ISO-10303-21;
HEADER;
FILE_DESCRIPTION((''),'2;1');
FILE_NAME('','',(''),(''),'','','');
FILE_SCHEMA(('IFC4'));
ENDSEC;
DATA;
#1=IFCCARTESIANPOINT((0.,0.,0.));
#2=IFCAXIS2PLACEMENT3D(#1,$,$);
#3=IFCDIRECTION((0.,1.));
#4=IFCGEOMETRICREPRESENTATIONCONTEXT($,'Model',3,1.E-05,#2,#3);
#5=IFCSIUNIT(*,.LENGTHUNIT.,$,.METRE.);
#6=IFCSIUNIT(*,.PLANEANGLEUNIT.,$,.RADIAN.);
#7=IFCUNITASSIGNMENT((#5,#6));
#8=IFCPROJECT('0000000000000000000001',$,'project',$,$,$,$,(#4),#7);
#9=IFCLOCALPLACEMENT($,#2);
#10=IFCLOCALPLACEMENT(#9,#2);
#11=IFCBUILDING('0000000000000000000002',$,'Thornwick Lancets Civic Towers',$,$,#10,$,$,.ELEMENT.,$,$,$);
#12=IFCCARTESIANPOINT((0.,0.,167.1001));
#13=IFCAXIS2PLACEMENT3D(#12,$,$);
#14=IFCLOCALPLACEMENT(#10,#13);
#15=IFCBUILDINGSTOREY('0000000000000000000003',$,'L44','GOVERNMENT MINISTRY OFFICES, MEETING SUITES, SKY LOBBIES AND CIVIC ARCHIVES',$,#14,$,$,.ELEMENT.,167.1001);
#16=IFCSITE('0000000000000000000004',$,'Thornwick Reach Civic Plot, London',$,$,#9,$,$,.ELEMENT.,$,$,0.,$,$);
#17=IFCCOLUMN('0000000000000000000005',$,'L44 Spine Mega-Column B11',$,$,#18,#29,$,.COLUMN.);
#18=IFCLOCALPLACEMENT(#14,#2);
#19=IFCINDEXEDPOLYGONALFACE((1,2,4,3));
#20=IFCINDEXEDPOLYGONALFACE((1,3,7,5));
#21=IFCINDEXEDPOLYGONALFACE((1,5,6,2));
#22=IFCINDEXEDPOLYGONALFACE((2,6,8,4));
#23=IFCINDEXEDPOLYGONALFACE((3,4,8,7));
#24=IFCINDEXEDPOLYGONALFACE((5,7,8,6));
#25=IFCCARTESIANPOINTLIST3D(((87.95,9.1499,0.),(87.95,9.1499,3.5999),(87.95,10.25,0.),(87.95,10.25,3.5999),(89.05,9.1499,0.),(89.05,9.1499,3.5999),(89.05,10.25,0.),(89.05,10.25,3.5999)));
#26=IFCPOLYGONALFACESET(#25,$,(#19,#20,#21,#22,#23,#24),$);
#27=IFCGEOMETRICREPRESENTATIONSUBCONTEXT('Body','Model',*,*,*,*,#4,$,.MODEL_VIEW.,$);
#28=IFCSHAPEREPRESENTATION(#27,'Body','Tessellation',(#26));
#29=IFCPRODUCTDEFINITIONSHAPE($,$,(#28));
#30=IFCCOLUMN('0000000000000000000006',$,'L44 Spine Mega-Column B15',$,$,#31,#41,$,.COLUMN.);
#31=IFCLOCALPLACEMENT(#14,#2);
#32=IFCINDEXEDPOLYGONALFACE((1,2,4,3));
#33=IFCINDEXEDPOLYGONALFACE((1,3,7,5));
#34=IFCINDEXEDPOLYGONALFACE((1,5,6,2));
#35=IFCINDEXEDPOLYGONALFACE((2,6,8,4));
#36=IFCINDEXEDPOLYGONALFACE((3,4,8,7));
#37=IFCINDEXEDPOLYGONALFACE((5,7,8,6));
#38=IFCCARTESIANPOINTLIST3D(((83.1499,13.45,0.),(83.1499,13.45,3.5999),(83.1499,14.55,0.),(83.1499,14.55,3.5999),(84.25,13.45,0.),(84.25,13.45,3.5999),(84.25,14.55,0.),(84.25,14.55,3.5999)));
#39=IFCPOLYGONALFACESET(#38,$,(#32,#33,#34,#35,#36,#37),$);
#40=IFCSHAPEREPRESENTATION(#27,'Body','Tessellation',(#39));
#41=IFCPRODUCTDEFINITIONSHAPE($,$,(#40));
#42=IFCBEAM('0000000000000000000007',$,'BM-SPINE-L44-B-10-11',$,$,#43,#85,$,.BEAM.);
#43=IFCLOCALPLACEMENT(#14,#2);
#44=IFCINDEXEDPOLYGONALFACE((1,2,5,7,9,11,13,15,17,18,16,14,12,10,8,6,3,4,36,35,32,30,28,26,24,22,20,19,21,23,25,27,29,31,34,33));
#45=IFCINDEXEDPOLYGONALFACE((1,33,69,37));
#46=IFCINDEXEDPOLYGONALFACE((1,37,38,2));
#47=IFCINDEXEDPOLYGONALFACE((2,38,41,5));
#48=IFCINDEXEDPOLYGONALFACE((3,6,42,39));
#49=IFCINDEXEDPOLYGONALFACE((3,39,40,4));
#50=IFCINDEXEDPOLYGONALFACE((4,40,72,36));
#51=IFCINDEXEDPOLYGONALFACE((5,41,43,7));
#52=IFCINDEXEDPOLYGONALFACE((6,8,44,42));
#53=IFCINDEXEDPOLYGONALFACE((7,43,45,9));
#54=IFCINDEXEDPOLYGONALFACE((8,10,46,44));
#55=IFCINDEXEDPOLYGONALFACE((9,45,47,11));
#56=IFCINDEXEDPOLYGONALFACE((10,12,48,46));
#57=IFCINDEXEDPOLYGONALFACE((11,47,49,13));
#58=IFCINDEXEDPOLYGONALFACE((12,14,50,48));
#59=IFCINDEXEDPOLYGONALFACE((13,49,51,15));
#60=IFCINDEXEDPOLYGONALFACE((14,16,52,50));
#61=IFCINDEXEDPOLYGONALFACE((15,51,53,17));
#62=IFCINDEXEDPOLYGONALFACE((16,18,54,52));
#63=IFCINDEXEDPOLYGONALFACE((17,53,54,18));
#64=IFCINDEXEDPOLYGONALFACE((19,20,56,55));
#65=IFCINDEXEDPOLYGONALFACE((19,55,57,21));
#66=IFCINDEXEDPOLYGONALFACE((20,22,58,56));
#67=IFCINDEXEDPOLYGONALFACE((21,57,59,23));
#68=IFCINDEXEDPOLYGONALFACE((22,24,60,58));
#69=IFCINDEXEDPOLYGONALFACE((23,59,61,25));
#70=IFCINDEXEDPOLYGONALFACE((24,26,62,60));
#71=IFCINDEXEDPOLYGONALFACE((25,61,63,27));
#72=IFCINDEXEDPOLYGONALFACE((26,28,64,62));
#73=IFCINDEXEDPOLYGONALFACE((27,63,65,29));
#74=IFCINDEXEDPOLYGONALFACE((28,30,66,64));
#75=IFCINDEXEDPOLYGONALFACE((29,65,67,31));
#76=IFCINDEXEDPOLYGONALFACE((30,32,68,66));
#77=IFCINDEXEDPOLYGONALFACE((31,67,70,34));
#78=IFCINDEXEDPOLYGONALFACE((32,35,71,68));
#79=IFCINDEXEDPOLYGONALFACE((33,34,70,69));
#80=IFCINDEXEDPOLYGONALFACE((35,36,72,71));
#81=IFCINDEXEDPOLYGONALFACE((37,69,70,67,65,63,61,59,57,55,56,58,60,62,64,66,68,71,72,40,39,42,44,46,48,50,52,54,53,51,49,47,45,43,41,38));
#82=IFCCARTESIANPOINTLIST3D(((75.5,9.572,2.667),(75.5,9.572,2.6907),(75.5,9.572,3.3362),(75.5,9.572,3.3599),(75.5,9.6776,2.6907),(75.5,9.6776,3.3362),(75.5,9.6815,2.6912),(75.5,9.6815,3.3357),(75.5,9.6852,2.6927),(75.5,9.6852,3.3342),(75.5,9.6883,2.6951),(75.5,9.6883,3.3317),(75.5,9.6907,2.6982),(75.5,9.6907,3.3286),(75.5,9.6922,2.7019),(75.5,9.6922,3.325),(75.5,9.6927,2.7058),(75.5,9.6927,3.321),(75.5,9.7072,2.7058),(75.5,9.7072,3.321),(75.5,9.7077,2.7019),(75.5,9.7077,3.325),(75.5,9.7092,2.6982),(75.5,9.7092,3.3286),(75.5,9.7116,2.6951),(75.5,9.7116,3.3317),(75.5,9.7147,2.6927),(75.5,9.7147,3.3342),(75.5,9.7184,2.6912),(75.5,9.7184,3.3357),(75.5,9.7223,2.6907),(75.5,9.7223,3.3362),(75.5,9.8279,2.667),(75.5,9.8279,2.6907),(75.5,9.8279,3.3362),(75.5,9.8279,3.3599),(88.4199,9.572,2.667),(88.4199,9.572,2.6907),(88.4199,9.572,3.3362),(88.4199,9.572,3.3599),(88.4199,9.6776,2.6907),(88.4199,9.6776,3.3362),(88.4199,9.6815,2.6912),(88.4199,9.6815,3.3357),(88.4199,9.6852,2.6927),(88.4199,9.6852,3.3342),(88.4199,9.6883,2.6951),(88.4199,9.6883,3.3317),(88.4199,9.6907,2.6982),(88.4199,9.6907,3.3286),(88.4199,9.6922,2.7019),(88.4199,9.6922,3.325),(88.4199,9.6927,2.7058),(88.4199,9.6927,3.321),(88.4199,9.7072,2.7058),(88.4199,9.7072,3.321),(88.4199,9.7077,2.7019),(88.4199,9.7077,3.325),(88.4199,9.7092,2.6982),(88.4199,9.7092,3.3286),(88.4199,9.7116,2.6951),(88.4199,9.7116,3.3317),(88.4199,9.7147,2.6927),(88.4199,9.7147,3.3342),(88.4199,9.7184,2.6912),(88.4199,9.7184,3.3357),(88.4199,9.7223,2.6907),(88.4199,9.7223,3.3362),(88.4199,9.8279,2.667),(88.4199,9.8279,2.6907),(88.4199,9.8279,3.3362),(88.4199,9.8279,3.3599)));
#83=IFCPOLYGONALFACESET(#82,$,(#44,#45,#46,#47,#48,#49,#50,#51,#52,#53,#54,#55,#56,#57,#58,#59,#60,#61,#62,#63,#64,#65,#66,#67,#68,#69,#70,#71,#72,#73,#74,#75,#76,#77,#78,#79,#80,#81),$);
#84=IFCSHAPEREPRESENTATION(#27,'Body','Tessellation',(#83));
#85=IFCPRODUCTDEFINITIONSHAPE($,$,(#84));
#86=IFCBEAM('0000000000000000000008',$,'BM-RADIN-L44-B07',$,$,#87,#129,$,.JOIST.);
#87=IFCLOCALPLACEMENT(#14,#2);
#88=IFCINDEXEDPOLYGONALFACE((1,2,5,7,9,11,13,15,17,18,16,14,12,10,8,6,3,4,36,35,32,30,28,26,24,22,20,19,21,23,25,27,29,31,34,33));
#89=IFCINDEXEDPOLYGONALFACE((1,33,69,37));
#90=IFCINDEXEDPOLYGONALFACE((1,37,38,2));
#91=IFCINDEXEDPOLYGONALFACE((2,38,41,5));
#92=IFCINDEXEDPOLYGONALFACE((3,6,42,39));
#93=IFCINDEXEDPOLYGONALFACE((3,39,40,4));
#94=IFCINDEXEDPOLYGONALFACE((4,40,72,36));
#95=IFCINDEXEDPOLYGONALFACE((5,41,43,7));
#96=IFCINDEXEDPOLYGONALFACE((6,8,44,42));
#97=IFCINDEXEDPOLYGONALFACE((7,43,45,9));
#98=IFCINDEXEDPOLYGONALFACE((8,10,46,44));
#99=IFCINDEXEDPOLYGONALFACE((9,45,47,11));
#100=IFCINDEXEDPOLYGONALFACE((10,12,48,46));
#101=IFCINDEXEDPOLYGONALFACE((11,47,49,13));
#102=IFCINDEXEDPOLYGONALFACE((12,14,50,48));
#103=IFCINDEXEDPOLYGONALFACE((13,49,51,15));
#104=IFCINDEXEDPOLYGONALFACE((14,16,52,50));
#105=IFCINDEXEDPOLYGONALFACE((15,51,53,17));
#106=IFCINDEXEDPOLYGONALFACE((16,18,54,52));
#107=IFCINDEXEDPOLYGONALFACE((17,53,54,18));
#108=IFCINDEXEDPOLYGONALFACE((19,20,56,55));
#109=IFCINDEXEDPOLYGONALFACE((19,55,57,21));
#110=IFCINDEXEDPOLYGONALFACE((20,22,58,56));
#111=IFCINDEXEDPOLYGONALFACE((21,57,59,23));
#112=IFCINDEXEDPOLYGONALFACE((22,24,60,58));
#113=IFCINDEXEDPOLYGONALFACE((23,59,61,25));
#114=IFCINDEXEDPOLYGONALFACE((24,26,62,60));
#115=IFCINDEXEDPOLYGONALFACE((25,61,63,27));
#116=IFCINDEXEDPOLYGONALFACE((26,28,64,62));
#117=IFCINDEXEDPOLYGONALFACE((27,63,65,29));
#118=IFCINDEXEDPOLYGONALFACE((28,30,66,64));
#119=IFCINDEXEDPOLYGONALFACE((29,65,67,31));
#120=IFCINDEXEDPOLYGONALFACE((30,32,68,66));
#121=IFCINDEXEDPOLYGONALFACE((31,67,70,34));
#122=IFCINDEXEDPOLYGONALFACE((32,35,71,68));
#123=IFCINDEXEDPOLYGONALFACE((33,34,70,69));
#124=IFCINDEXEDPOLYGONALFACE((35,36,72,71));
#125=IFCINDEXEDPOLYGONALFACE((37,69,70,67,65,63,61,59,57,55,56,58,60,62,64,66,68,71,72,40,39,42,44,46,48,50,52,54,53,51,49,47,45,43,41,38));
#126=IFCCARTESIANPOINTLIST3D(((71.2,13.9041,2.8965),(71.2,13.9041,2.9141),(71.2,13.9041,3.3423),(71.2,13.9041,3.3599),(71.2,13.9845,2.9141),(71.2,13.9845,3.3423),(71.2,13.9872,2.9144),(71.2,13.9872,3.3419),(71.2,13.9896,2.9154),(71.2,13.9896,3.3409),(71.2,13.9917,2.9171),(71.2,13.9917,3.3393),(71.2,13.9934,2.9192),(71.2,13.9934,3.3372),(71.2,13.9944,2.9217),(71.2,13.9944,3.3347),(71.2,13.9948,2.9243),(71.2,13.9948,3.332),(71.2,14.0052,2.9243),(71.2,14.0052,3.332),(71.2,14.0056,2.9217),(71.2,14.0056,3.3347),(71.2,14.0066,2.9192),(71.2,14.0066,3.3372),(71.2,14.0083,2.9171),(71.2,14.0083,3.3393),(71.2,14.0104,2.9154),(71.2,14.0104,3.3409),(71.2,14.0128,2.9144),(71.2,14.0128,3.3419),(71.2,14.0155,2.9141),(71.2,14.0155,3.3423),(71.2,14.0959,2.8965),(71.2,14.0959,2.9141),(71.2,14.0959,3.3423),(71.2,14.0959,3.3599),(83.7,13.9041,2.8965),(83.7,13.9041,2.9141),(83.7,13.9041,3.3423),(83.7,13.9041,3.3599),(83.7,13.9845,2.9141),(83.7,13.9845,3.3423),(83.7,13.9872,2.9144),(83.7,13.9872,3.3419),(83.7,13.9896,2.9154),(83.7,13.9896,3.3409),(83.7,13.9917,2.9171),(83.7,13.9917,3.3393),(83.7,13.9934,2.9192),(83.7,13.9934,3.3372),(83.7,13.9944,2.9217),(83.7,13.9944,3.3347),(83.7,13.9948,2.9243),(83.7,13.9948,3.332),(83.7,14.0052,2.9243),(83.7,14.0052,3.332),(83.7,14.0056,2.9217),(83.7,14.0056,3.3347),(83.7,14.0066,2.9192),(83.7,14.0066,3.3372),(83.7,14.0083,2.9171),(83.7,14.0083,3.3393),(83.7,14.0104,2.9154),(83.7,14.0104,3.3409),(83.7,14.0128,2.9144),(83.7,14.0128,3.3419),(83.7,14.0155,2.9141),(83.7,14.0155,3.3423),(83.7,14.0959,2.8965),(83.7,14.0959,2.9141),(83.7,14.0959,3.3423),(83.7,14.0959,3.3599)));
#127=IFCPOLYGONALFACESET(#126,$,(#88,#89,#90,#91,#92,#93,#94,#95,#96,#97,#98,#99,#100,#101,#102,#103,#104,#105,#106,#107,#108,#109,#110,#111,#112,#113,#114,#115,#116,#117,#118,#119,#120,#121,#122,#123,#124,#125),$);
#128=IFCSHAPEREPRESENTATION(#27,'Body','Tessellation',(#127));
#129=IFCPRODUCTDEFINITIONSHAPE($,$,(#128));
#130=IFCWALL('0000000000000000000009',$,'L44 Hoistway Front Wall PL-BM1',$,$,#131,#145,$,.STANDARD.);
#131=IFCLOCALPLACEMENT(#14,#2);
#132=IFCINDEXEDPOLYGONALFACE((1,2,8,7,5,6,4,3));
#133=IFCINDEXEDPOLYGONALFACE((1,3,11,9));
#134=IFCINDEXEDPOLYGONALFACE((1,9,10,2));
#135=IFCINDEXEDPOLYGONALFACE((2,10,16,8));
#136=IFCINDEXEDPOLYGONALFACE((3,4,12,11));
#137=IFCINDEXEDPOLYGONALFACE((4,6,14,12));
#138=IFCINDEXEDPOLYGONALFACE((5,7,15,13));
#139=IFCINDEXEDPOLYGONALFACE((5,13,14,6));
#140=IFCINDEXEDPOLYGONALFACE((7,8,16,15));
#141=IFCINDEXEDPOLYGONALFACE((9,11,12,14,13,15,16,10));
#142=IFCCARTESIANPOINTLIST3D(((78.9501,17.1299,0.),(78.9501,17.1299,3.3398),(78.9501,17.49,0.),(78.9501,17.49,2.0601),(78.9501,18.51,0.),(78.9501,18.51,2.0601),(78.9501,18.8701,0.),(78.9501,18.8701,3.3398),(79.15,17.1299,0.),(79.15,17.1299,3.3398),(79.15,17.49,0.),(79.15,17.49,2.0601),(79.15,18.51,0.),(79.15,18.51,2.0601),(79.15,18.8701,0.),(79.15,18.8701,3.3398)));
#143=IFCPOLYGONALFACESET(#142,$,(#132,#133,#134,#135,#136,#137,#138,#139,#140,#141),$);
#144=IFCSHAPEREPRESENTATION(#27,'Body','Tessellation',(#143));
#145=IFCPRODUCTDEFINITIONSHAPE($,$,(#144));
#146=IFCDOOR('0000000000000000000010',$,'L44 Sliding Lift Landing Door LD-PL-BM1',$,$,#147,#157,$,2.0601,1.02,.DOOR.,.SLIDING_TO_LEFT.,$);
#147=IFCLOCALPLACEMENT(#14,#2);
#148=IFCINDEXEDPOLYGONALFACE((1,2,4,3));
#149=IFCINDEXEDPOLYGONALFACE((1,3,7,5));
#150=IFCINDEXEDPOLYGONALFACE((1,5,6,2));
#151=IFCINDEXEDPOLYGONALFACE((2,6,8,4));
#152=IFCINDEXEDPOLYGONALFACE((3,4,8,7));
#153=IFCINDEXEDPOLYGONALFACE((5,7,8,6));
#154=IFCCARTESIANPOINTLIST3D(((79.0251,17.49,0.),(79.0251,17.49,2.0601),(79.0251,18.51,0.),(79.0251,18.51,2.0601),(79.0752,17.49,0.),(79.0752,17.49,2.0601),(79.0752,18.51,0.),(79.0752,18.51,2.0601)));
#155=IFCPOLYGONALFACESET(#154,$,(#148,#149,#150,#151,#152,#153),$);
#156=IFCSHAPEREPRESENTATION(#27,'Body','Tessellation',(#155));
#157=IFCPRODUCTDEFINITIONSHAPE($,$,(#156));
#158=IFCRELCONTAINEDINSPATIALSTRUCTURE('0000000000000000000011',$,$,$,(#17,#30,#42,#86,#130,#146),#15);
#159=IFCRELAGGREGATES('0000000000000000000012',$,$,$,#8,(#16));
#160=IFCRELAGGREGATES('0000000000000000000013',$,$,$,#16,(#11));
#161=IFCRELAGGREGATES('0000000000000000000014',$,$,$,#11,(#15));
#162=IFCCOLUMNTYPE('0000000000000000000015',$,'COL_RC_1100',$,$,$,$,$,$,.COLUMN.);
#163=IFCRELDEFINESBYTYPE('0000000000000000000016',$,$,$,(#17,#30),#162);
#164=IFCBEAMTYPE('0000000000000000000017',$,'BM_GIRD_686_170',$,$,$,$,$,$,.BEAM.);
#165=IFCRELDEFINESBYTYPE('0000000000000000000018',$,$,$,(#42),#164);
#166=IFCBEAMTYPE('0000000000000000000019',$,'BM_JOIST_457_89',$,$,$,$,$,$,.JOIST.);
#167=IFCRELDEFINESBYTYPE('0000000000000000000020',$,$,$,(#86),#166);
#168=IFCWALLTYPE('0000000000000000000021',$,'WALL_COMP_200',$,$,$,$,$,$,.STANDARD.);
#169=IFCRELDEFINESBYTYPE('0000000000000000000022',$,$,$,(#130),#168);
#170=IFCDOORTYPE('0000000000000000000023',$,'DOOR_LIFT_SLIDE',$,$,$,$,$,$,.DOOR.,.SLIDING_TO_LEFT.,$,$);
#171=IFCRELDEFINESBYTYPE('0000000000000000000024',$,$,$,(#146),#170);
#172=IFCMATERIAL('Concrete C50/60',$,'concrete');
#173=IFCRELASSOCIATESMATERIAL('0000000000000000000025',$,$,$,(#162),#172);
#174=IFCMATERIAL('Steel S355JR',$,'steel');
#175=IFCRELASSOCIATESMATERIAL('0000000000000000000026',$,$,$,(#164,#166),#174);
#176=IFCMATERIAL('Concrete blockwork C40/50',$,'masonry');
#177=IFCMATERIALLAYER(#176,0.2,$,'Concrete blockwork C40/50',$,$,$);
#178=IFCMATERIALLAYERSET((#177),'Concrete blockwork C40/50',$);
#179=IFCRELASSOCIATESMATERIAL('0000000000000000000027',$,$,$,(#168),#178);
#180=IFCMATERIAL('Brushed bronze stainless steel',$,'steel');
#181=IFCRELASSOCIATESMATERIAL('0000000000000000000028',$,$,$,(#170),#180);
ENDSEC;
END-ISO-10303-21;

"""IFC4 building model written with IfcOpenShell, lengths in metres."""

from ifc_helpers import new_model, si_unit, direction, frame, frame_2d, origin, origin_2d, place, context, subcontext, project, spatial, rectangle, i_section, extrude, material, layer, layer_set, material_profile, profile_set, type_object, element, fill, save


model = new_model("IFC4")

# Units and contexts
model_context = context("Model", 3, precision=1e-05, world=origin(), true_north=direction((0.0, 1.0)))
body_context = subcontext(model_context, "Body", "Model", "MODEL_VIEW")
ifc_project = project(units=[si_unit("LENGTHUNIT", "METRE"), si_unit("PLANEANGLEUNIT", "RADIAN")], contexts=[model_context])

# Site, building, storey
site_placement = place(None, origin())
site = spatial("IfcSite", under=ifc_project, at=site_placement, Name="Thornwick Reach Civic Plot, London", CompositionType="ELEMENT", RefElevation=0.0)
building_placement = place(site_placement, origin())
building = spatial("IfcBuilding", under=site, at=building_placement, Name="Thornwick Lancets Civic Towers", CompositionType="ELEMENT")
storey_placement = place(building_placement, frame((0.0, 0.0, 167.1001)))
storey = spatial("IfcBuildingStorey", under=building, at=storey_placement, Name="L44", Description="GOVERNMENT MINISTRY OFFICES, MEETING SUITES, SKY LOBBIES AND CIVIC ARCHIVES", CompositionType="ELEMENT", Elevation=167.1001)

# Columns
ifc_material_1 = material(Name="Concrete C50/60", Category="concrete")
ifc_material_profile_1 = material_profile(ifc_material_1, rectangle(XDim=1.1001, YDim=1.1001, at=origin_2d()), Name="RC 1100x1100")
ifc_profile_set_1 = profile_set([ifc_material_profile_1], Name="Concrete C50/60")
column_type = type_object("IfcColumnType", Name="COL_RC_1100", PredefinedType="COLUMN", material=ifc_profile_set_1)
for number, where, z_axis, x_axis, name in (
    (1, (88.5, 9.7, 0.0), (0.0, 0.0, 1.0), (1.0, 0.0, 0.0), "L44 Spine Mega-Column B11"),
    (2, (83.7, 14.0, 0.0), (0.0, 0.0, 1.0), (1.0, 0.0, 0.0), "L44 Spine Mega-Column B15"),
):
    element("IfcColumn", number, at=place(storey_placement, frame(where, z_axis=z_axis, x_axis=x_axis)), inside=storey, type_object=column_type, Name=name, PredefinedType="COLUMN", context=body_context, shape_type="SweptSolid", body=[
        extrude(rectangle(XDim=1.1001, YDim=1.1001, at=origin_2d()), origin(), (0.0, 0.0, 1.0), 3.5999),
    ])

# Beams
ifc_material_2 = material(Name="Steel S355JR", Category="steel")
ifc_material_profile_2 = material_profile(ifc_material_2, i_section(OverallWidth=0.2559, OverallDepth=0.6929, WebThickness=0.0144, FlangeThickness=0.0237, FilletRadius=0.0151, at=origin_2d()), Name="UKB 686x254x170")
ifc_profile_set_2 = profile_set([ifc_material_profile_2], Name="Steel S355JR")
beam_type_1 = type_object("IfcBeamType", Name="BM_GIRD_686_170", PredefinedType="BEAM", material=ifc_profile_set_2)
beam_1_placement = place(storey_placement, frame((88.4199, 9.7, 3.0134), z_axis=(-1.0, 0.0, 0.0), x_axis=(0.0, -1.0, 0.0)))
element("IfcBeam", 3, at=beam_1_placement, inside=storey, type_object=beam_type_1, Name="BM-SPINE-L44-B-10-11", PredefinedType="BEAM", context=body_context, shape_type="SweptSolid", body=[
    extrude(i_section(OverallWidth=0.2559, OverallDepth=0.6929, WebThickness=0.0144, FlangeThickness=0.0237, FilletRadius=0.0151, at=origin_2d()), origin(), (0.0, 0.0, 1.0), 12.9199),
])
ifc_material_profile_3 = material_profile(ifc_material_2, i_section(OverallWidth=0.1919, OverallDepth=0.4634, WebThickness=0.0105, FlangeThickness=0.0176, FilletRadius=0.0103, at=origin_2d()), Name="UKB 457x191x89")
ifc_profile_set_3 = profile_set([ifc_material_profile_3], Name="Steel S355JR")
beam_type_2 = type_object("IfcBeamType", Name="BM_JOIST_457_89", PredefinedType="JOIST", material=ifc_profile_set_3)
beam_2_placement = place(storey_placement, frame((83.7, 14.0, 3.1282), z_axis=(-1.0, 0.0, 0.0), x_axis=(0.0, -1.0, 0.0)))
element("IfcBeam", 4, at=beam_2_placement, inside=storey, type_object=beam_type_2, Name="BM-RADIN-L44-B07", PredefinedType="JOIST", context=body_context, shape_type="SweptSolid", body=[
    extrude(i_section(OverallWidth=0.1919, OverallDepth=0.4634, WebThickness=0.0105, FlangeThickness=0.0176, FilletRadius=0.0103, at=origin_2d()), origin(), (0.0, 0.0, 1.0), 12.5),
])

# Wall, opening, door
ifc_material_3 = material(Name="Concrete blockwork C40/50", Category="masonry")
ifc_layer_1 = layer(ifc_material_3, 0.2, Name="Concrete blockwork C40/50")
ifc_layer_set_1 = layer_set([ifc_layer_1], Name="Concrete blockwork C40/50")
wall_type_1 = type_object("IfcWallType", Name="WALL_COMP_200", PredefinedType="STANDARD", material=ifc_layer_set_1)
wall_1_placement = place(storey_placement, frame((79.05, 17.1299, 0.0), z_axis=(0.0, 0.0, 1.0), x_axis=(0.0, 1.0, 0.0)))
wall_1 = element("IfcWall", 5, at=wall_1_placement, inside=storey, type_object=wall_type_1, Name="L44 Hoistway Front Wall PL-BM1", PredefinedType="STANDARD", context=body_context, shape_type="SweptSolid", body=[
    extrude(rectangle(XDim=1.7402, YDim=0.2, at=frame_2d((0.8701, 0.0))), origin(), (0.0, 0.0, 1.0), 3.3398),
])
opening_1_placement = place(wall_1_placement, frame((0.3601, 0.0, 0.0)))
opening_1 = element("IfcOpeningElement", 6, at=opening_1_placement, cuts=wall_1, PredefinedType="OPENING", context=body_context, shape_type="SweptSolid", body=[
    extrude(rectangle(XDim=1.02, YDim=2.0601, at=frame_2d((0.51, 1.03))), frame((0.0, 0.1099, 0.0), z_axis=(0.0, -1.0, 0.0), x_axis=(1.0, 0.0, 0.0)), (0.0, 0.0, 1.0), 0.22),
])
ifc_material_4 = material(Name="Brushed bronze stainless steel", Category="steel")
door_type_1 = type_object("IfcDoorType", Name="DOOR_LIFT_SLIDE", OperationType="SLIDING_TO_LEFT", PredefinedType="DOOR", material=ifc_material_4)
door_1_placement = place(opening_1_placement, origin())
door_1 = element("IfcDoor", 7, at=door_1_placement, inside=storey, type_object=door_type_1, Name="L44 Sliding Lift Landing Door LD-PL-BM1", OperationType="SLIDING_TO_LEFT", OverallHeight=2.0601, OverallWidth=1.02, PredefinedType="DOOR", context=body_context, shape_type="SweptSolid", body=[
    extrude(rectangle(XDim=1.02, YDim=2.0601, at=frame_2d((0.51, 1.03))), frame((0.0, 0.0249, 0.0), z_axis=(0.0, -1.0, 0.0), x_axis=(1.0, 0.0, 0.0)), (0.0, 0.0, 1.0), 0.05),
])
fill(opening_1, door_1)

save(model, "model.ifc")
